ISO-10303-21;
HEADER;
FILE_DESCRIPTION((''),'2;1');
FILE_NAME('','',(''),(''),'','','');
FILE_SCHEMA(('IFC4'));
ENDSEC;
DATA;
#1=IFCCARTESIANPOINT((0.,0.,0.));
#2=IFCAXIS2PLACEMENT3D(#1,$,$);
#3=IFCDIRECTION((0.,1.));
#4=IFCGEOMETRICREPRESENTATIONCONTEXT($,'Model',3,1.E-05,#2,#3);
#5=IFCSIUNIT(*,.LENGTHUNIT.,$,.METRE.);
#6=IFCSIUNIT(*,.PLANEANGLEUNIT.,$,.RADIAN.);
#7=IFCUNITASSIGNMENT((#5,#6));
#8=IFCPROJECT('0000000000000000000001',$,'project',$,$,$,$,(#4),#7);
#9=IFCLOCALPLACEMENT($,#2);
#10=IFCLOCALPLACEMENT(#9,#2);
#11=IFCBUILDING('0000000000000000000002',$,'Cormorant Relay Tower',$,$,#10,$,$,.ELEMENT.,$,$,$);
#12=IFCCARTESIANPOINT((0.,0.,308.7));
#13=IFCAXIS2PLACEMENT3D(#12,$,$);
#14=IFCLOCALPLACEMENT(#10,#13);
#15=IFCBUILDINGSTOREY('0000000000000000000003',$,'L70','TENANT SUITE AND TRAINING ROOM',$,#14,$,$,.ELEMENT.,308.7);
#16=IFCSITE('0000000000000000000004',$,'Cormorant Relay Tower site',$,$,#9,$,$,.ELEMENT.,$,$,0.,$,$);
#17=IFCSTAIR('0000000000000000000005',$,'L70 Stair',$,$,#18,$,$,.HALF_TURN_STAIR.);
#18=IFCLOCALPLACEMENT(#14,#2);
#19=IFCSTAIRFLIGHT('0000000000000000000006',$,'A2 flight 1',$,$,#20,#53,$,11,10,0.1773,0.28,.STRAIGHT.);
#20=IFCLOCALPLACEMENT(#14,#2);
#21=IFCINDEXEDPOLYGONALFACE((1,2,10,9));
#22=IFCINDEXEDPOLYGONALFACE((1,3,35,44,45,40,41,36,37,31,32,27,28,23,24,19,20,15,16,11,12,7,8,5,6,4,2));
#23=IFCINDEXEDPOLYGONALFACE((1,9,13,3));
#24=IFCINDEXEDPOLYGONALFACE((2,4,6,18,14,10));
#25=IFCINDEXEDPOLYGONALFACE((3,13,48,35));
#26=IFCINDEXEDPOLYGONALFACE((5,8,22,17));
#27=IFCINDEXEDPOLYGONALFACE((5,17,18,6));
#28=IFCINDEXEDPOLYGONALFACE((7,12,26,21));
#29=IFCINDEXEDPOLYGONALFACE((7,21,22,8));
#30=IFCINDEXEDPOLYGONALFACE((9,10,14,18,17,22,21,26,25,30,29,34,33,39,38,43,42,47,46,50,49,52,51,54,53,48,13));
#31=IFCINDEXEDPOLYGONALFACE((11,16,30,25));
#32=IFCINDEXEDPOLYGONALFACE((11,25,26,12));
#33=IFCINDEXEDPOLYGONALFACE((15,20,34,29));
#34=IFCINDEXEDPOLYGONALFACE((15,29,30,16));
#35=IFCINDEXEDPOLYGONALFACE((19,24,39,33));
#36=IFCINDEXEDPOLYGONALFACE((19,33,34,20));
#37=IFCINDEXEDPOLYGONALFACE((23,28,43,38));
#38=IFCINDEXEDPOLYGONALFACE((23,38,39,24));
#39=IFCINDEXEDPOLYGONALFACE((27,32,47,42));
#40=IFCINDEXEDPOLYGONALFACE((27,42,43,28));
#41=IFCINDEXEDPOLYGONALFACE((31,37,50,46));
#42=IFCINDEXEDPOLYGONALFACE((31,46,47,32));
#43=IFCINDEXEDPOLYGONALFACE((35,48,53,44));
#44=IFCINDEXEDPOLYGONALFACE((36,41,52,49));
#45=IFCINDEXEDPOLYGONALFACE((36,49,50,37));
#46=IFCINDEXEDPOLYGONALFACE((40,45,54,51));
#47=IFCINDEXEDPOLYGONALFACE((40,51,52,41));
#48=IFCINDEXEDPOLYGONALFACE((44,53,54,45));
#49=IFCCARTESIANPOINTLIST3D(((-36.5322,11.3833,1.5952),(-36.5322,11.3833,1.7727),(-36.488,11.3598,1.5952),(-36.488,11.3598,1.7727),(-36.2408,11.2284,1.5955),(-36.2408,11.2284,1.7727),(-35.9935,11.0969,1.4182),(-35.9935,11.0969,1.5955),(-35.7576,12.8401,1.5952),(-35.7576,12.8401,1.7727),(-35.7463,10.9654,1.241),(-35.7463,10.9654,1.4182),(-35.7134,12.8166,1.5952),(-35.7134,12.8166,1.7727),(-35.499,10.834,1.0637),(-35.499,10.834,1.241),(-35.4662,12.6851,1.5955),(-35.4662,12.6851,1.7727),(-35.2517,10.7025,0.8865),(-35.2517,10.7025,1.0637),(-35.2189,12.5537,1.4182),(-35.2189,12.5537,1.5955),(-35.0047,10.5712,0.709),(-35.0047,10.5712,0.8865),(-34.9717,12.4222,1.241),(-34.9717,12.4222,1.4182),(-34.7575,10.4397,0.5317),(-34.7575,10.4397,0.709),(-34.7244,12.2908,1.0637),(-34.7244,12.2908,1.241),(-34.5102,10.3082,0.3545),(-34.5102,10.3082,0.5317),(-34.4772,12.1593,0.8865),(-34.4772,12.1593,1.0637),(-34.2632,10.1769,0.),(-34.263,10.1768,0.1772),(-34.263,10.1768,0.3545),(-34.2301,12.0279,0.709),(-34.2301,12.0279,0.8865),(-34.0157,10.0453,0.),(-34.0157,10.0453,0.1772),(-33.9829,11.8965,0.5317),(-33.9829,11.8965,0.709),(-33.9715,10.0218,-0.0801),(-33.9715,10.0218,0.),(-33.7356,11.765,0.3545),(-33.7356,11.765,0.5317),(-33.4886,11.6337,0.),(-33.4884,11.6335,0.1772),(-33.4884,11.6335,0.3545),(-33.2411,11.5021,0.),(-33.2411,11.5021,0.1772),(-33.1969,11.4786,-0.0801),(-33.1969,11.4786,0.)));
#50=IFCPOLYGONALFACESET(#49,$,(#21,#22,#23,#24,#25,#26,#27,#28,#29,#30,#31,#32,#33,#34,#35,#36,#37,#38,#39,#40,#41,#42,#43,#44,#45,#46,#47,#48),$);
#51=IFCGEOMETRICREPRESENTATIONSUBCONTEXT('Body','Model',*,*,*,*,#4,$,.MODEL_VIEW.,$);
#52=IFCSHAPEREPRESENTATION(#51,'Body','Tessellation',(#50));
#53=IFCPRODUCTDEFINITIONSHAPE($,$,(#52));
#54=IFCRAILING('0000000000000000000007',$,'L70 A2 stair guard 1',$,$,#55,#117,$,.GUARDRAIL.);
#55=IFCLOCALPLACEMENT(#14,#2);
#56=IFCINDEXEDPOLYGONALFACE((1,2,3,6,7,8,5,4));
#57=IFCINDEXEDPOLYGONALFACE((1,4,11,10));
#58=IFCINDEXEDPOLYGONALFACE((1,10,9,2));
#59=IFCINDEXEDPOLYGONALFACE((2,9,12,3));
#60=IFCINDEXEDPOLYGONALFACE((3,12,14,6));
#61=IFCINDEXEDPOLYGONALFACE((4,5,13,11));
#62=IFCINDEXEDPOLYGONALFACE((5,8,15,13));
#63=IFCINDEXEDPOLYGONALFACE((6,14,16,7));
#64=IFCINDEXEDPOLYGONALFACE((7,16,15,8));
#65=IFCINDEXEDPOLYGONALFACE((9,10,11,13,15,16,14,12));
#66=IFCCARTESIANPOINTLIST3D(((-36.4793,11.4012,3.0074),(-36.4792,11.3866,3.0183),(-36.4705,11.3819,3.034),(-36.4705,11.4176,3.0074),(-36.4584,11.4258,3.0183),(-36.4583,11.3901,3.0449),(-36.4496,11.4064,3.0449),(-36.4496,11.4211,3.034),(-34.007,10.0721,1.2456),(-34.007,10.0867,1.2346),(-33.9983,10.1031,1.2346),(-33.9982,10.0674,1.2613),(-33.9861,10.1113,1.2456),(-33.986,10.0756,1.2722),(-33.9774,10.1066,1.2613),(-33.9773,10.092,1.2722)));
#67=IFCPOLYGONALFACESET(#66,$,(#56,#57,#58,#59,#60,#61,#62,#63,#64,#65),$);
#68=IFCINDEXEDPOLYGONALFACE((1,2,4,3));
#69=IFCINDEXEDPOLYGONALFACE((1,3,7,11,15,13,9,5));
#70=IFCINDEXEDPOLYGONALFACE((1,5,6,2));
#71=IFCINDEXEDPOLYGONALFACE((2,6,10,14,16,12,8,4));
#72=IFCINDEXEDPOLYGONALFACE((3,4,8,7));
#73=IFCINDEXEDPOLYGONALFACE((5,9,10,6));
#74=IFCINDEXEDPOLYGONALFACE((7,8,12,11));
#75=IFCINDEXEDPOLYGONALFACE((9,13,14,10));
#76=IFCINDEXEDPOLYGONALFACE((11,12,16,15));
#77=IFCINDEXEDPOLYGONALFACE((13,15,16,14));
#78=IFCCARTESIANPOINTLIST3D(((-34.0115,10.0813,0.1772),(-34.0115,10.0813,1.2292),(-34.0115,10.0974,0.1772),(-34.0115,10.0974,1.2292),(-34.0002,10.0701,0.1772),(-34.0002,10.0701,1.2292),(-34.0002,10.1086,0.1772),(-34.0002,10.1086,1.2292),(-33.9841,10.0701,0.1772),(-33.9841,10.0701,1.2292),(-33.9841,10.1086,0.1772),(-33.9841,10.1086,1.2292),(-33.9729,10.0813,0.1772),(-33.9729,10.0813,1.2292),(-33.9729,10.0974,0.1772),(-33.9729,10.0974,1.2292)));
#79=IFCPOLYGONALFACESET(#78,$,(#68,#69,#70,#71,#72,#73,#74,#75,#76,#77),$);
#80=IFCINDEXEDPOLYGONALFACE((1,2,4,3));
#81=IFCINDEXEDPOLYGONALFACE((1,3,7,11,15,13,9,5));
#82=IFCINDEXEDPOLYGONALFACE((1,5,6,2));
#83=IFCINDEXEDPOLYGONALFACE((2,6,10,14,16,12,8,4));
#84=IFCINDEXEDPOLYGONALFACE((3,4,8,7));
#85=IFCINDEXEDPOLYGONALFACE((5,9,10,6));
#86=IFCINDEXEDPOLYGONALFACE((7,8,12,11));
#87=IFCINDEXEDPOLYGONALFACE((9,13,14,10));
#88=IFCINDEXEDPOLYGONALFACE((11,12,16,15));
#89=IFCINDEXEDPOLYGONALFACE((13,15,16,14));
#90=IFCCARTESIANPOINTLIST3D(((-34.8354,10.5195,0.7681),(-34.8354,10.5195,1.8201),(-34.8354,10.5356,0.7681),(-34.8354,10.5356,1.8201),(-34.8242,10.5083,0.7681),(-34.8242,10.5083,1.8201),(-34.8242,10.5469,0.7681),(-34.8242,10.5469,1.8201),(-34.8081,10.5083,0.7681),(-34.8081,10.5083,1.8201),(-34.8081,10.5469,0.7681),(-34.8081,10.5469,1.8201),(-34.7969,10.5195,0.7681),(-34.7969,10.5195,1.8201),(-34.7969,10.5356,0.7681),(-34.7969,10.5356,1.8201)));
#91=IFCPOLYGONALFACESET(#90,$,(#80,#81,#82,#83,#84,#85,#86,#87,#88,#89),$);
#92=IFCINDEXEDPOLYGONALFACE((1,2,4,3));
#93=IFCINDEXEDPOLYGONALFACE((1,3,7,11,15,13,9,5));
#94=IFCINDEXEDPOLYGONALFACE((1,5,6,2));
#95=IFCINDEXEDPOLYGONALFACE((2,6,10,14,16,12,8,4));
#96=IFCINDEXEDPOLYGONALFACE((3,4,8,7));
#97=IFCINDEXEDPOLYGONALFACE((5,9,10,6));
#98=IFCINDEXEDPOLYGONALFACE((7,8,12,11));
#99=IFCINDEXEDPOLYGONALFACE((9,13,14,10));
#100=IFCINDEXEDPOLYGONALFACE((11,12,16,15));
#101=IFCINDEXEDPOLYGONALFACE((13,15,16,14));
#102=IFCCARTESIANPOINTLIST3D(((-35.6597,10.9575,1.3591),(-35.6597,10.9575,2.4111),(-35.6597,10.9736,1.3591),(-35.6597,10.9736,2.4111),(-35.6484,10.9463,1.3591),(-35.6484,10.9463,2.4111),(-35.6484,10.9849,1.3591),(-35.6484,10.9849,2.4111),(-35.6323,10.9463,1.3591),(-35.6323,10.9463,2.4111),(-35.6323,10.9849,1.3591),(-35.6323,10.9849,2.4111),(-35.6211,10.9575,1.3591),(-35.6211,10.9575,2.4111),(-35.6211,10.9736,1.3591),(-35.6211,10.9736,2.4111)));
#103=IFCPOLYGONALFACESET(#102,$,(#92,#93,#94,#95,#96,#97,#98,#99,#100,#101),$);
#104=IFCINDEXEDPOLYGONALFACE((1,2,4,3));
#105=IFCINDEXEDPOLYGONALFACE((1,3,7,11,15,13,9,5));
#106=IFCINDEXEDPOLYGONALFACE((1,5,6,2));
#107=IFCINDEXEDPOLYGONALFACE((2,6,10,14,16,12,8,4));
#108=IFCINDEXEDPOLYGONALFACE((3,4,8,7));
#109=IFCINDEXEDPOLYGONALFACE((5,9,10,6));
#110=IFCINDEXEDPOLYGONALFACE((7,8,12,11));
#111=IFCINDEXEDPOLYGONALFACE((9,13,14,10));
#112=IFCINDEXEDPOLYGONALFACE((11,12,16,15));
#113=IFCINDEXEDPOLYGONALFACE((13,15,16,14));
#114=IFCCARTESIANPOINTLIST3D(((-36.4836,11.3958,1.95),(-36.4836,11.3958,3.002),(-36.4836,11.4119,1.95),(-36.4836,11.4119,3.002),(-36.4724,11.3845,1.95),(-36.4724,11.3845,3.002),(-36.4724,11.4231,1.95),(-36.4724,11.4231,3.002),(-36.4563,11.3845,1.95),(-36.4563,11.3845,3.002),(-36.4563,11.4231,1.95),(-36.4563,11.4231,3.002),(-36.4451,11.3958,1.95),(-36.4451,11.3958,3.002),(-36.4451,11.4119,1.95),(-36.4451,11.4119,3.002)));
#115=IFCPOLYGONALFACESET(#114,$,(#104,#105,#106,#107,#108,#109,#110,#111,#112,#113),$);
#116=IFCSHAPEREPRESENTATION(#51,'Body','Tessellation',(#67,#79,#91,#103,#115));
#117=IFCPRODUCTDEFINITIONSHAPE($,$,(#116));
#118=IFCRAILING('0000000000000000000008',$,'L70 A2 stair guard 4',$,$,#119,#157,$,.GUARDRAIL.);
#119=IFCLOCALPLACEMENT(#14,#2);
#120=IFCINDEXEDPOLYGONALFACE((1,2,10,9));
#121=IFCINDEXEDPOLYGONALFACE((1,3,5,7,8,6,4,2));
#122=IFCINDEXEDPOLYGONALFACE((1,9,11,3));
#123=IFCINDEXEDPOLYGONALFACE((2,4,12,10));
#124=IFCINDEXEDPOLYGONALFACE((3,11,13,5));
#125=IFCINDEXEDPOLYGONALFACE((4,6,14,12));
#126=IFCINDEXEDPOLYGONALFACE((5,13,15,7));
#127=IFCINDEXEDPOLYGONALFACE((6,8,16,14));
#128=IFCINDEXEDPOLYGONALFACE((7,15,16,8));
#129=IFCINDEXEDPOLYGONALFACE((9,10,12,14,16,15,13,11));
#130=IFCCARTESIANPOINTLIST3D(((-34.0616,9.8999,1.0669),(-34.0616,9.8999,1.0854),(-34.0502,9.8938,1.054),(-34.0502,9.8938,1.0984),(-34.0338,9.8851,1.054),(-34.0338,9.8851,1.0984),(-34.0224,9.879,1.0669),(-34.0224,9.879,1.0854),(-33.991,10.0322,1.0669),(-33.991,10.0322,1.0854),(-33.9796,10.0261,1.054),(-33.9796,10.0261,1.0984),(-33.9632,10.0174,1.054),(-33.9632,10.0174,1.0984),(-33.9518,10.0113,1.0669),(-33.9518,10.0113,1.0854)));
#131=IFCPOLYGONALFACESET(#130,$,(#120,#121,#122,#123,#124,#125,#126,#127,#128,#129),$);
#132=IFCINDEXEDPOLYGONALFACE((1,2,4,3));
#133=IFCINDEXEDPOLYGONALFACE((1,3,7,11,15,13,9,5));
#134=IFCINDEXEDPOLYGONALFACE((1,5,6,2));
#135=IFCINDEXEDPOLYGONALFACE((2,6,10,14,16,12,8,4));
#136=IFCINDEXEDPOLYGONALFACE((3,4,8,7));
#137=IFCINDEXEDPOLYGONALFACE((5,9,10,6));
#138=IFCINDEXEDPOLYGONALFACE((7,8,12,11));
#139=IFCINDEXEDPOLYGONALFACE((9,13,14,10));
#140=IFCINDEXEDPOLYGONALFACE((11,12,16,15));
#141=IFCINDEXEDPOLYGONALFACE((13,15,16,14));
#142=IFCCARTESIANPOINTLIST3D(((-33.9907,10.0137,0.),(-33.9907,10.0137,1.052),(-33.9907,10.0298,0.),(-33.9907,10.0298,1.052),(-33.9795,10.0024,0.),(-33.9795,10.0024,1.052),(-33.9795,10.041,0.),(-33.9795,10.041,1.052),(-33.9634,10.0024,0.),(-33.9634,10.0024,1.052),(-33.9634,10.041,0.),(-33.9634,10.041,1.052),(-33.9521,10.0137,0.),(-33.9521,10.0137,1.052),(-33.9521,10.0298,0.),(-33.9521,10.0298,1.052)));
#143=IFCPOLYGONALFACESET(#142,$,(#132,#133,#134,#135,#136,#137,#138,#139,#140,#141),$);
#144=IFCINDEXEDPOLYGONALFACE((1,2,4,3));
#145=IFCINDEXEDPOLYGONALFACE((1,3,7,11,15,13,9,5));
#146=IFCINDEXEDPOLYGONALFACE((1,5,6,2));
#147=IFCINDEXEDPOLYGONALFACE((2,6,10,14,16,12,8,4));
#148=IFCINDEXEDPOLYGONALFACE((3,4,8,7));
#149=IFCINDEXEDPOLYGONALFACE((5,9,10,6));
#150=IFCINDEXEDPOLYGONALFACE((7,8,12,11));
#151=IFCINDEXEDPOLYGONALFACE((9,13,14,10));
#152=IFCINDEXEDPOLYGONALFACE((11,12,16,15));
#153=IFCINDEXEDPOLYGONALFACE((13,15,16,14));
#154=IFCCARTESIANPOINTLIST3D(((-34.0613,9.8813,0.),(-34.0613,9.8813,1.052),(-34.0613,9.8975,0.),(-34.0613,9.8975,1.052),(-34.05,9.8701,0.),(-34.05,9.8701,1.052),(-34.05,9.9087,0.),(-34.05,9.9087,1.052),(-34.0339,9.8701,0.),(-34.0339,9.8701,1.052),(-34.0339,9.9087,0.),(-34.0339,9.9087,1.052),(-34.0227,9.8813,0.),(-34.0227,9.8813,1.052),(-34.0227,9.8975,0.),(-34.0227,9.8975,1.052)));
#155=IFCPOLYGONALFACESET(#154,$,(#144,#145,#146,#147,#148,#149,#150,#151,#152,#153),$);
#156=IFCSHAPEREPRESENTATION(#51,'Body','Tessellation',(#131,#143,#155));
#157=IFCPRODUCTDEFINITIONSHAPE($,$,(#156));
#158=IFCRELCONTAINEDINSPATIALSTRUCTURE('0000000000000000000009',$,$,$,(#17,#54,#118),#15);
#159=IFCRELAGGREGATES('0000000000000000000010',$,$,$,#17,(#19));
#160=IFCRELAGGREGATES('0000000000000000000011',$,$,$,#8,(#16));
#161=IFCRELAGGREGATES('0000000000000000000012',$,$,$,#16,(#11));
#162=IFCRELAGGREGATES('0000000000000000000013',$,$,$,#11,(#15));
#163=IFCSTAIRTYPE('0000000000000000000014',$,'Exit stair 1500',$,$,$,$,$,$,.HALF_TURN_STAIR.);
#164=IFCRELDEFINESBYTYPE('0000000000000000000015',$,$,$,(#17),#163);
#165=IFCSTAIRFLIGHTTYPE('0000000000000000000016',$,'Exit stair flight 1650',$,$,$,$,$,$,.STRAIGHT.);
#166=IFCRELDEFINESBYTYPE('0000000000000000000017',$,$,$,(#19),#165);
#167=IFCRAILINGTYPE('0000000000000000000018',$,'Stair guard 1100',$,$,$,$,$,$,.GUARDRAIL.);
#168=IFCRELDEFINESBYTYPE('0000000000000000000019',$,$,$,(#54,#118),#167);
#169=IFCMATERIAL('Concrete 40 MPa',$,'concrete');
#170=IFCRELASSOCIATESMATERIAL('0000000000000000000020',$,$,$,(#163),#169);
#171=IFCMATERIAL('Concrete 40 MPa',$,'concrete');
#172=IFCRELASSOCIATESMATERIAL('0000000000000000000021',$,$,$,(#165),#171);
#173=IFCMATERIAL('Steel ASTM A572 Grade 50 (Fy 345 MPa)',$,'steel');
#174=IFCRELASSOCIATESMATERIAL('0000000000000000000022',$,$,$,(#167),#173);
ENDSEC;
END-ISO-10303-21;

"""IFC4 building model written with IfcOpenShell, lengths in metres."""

from ifc_helpers import new_model, si_unit, direction, frame, origin, place, context, subcontext, project, spatial, polyline, outline, extrude, material, type_object, element, aggregate, save


model = new_model("IFC4")

# Units and contexts
model_context = context("Model", 3, precision=1e-05, world=origin(), true_north=direction((0.0, 1.0)))
body_context = subcontext(model_context, "Body", "Model", "MODEL_VIEW")
ifc_project = project(units=[si_unit("LENGTHUNIT", "METRE"), si_unit("PLANEANGLEUNIT", "RADIAN")], contexts=[model_context])

# Site, building, storey
site_placement = place(None, origin())
site = spatial("IfcSite", under=ifc_project, at=site_placement, Name="Cormorant Relay Tower site", CompositionType="ELEMENT", RefElevation=0.0)
building_placement = place(site_placement, origin())
building = spatial("IfcBuilding", under=site, at=building_placement, Name="Cormorant Relay Tower", CompositionType="ELEMENT")
storey_placement = place(building_placement, frame((0.0, 0.0, 308.7)))
storey = spatial("IfcBuildingStorey", under=building, at=storey_placement, Name="L70", Description="TENANT SUITE AND TRAINING ROOM", CompositionType="ELEMENT", Elevation=308.7)

# Stair, stair flight
ifc_material_1 = material(Name="Concrete 40 MPa", Category="concrete")
stair_type = type_object("IfcStairType", Name="Exit stair 1500", PredefinedType="HALF_TURN_STAIR", material=ifc_material_1)
stair_placement = place(storey_placement, origin())
stair = element("IfcStair", 1, at=stair_placement, inside=storey, type_object=stair_type, Name="L70 Stair", PredefinedType="HALF_TURN_STAIR")
ifc_material_2 = material(Name="Concrete 40 MPa", Category="concrete")
stair_flight_type = type_object("IfcStairFlightType", Name="Exit stair flight 1650", PredefinedType="STRAIGHT", material=ifc_material_2)
stair_flight_placement = place(storey_placement, frame((-33.6284, 10.7737, 0.0), z_axis=(0.0, 0.0, 1.0), x_axis=(-0.882948, 0.469472, 0.0)))
stair_flight = element("IfcStairFlight", 2, at=stair_flight_placement, type_object=stair_flight_type, Name="A2 flight 1", NumberOfRisers=11, NumberOfTreads=10, PredefinedType="STRAIGHT", RiserHeight=0.1773, TreadLength=0.28, context=body_context, shape_type="SweptSolid", body=[
    extrude(outline(polyline([(-0.05, -0.0801), (-0.05, 0.0), (0.0, 0.0), (0.0, 0.1772), (0.28, 0.1772), (0.28, 0.3545), (0.5601, 0.3545), (0.5601, 0.5317), (0.8401, 0.5317), (0.8401, 0.709), (1.1201, 0.709), (1.1201, 0.8865), (1.3999, 0.8865), (1.3999, 1.0637), (1.6799, 1.0637), (1.6799, 1.241), (1.96, 1.241), (1.96, 1.4182), (2.24, 1.4182), (2.24, 1.5955), (2.52, 1.5955), (2.52, 1.7727), (2.8, 1.7727), (2.8501, 1.7727), (2.8501, 1.5952), (2.8, 1.5952), (0.2803, 0.0), (-0.05, -0.0801)])), frame((0.0, 0.825, 0.0), z_axis=(0.0, -1.0, 0.0), x_axis=(1.0, 0.0, 0.0)), (0.0, 0.0, 1.0), 1.6499),
])
aggregate(stair, [stair_flight])

# Railings
ifc_material_3 = material(Name="Steel ASTM A572 Grade 50 (Fy 345 MPa)", Category="steel")
railing_type_1 = type_object("IfcRailingType", Name="Stair guard 1100", PredefinedType="GUARDRAIL", material=ifc_material_3)
railing_1_placement = place(storey_placement, frame((-33.9922, 10.0894, 0.1772)))
element("IfcRailing", 3, at=railing_1_placement, inside=storey, type_object=railing_type_1, Name="L70 A2 stair guard 1", PredefinedType="GUARDRAIL", context=body_context, shape_type="SweptSolid", body=[
    extrude(outline(polyline([(0.0222, 0.0093), (0.0093, 0.0222), (-0.0093, 0.0222), (-0.0222, 0.0093), (-0.0222, -0.0093), (-0.0093, -0.0222), (0.0093, -0.0222), (0.0222, -0.0093), (0.0222, 0.0093)])), frame((0.0, 0.0, 1.0762), z_axis=(-0.746001, 0.396649, 0.534931), x_axis=(-0.469465, -0.882951, 0.0)), (0.0, 0.0, 1.0), 3.314),
    extrude(outline(polyline([(0.0193, 0.0081), (0.0081, 0.0193), (-0.0081, 0.0193), (-0.0193, 0.0081), (-0.0193, -0.0081), (-0.0081, -0.0193), (0.0081, -0.0193), (0.0193, -0.0081), (0.0193, 0.0081)])), origin(), (0.0, 0.0, 1.0), 1.052),
    extrude(outline(polyline([(0.0193, 0.0081), (0.0081, 0.0193), (-0.0081, 0.0193), (-0.0193, 0.0081), (-0.0193, -0.0081), (-0.0081, -0.0193), (0.0081, -0.0193), (0.0193, -0.0081), (0.0193, 0.0081)])), frame((-0.824, 0.4382, 0.5908)), (0.0, 0.0, 1.0), 1.052),
    extrude(outline(polyline([(0.0193, 0.0081), (0.0081, 0.0193), (-0.0081, 0.0193), (-0.0193, 0.0081), (-0.0193, -0.0081), (-0.0081, -0.0193), (0.0081, -0.0193), (0.0193, -0.0081), (0.0193, 0.0081)])), frame((-1.6482, 0.8762, 1.1819)), (0.0, 0.0, 1.0), 1.052),
    extrude(outline(polyline([(0.0193, 0.0081), (0.0081, 0.0193), (-0.0081, 0.0193), (-0.0193, 0.0081), (-0.0193, -0.0081), (-0.0081, -0.0193), (0.0081, -0.0193), (0.0193, -0.0081), (0.0193, 0.0081)])), frame((-2.4722, 1.3145, 1.7727)), (0.0, 0.0, 1.0), 1.052),
])
railing_2_placement = place(storey_placement, frame((-33.9714, 10.0217, 0.0)))
element("IfcRailing", 4, at=railing_2_placement, inside=storey, type_object=railing_type_1, Name="L70 A2 stair guard 4", PredefinedType="GUARDRAIL", context=body_context, shape_type="SweptSolid", body=[
    extrude(outline(polyline([(0.0222, 0.0093), (0.0093, 0.0222), (-0.0093, 0.0222), (-0.0222, 0.0093), (-0.0222, -0.0093), (-0.0093, -0.0222), (0.0093, -0.0222), (0.0222, -0.0093), (0.0222, 0.0093)])), frame((0.0, 0.0, 1.0762), z_axis=(-0.470504, -0.882398, 0.0), x_axis=(0.882398, -0.470504, 0.0)), (0.0, 0.0, 1.0), 0.1499),
    extrude(outline(polyline([(0.0193, 0.0081), (0.0081, 0.0193), (-0.0081, 0.0193), (-0.0193, 0.0081), (-0.0193, -0.0081), (-0.0081, -0.0193), (0.0081, -0.0193), (0.0193, -0.0081), (0.0193, 0.0081)])), origin(), (0.0, 0.0, 1.0), 1.052),
    extrude(outline(polyline([(0.0193, 0.0081), (0.0081, 0.0193), (-0.0081, 0.0193), (-0.0193, 0.0081), (-0.0193, -0.0081), (-0.0081, -0.0193), (0.0081, -0.0193), (0.0193, -0.0081), (0.0193, 0.0081)])), frame((-0.0706, -0.1323, 0.0)), (0.0, 0.0, 1.0), 1.052),
])

save(model, "model.ifc")
